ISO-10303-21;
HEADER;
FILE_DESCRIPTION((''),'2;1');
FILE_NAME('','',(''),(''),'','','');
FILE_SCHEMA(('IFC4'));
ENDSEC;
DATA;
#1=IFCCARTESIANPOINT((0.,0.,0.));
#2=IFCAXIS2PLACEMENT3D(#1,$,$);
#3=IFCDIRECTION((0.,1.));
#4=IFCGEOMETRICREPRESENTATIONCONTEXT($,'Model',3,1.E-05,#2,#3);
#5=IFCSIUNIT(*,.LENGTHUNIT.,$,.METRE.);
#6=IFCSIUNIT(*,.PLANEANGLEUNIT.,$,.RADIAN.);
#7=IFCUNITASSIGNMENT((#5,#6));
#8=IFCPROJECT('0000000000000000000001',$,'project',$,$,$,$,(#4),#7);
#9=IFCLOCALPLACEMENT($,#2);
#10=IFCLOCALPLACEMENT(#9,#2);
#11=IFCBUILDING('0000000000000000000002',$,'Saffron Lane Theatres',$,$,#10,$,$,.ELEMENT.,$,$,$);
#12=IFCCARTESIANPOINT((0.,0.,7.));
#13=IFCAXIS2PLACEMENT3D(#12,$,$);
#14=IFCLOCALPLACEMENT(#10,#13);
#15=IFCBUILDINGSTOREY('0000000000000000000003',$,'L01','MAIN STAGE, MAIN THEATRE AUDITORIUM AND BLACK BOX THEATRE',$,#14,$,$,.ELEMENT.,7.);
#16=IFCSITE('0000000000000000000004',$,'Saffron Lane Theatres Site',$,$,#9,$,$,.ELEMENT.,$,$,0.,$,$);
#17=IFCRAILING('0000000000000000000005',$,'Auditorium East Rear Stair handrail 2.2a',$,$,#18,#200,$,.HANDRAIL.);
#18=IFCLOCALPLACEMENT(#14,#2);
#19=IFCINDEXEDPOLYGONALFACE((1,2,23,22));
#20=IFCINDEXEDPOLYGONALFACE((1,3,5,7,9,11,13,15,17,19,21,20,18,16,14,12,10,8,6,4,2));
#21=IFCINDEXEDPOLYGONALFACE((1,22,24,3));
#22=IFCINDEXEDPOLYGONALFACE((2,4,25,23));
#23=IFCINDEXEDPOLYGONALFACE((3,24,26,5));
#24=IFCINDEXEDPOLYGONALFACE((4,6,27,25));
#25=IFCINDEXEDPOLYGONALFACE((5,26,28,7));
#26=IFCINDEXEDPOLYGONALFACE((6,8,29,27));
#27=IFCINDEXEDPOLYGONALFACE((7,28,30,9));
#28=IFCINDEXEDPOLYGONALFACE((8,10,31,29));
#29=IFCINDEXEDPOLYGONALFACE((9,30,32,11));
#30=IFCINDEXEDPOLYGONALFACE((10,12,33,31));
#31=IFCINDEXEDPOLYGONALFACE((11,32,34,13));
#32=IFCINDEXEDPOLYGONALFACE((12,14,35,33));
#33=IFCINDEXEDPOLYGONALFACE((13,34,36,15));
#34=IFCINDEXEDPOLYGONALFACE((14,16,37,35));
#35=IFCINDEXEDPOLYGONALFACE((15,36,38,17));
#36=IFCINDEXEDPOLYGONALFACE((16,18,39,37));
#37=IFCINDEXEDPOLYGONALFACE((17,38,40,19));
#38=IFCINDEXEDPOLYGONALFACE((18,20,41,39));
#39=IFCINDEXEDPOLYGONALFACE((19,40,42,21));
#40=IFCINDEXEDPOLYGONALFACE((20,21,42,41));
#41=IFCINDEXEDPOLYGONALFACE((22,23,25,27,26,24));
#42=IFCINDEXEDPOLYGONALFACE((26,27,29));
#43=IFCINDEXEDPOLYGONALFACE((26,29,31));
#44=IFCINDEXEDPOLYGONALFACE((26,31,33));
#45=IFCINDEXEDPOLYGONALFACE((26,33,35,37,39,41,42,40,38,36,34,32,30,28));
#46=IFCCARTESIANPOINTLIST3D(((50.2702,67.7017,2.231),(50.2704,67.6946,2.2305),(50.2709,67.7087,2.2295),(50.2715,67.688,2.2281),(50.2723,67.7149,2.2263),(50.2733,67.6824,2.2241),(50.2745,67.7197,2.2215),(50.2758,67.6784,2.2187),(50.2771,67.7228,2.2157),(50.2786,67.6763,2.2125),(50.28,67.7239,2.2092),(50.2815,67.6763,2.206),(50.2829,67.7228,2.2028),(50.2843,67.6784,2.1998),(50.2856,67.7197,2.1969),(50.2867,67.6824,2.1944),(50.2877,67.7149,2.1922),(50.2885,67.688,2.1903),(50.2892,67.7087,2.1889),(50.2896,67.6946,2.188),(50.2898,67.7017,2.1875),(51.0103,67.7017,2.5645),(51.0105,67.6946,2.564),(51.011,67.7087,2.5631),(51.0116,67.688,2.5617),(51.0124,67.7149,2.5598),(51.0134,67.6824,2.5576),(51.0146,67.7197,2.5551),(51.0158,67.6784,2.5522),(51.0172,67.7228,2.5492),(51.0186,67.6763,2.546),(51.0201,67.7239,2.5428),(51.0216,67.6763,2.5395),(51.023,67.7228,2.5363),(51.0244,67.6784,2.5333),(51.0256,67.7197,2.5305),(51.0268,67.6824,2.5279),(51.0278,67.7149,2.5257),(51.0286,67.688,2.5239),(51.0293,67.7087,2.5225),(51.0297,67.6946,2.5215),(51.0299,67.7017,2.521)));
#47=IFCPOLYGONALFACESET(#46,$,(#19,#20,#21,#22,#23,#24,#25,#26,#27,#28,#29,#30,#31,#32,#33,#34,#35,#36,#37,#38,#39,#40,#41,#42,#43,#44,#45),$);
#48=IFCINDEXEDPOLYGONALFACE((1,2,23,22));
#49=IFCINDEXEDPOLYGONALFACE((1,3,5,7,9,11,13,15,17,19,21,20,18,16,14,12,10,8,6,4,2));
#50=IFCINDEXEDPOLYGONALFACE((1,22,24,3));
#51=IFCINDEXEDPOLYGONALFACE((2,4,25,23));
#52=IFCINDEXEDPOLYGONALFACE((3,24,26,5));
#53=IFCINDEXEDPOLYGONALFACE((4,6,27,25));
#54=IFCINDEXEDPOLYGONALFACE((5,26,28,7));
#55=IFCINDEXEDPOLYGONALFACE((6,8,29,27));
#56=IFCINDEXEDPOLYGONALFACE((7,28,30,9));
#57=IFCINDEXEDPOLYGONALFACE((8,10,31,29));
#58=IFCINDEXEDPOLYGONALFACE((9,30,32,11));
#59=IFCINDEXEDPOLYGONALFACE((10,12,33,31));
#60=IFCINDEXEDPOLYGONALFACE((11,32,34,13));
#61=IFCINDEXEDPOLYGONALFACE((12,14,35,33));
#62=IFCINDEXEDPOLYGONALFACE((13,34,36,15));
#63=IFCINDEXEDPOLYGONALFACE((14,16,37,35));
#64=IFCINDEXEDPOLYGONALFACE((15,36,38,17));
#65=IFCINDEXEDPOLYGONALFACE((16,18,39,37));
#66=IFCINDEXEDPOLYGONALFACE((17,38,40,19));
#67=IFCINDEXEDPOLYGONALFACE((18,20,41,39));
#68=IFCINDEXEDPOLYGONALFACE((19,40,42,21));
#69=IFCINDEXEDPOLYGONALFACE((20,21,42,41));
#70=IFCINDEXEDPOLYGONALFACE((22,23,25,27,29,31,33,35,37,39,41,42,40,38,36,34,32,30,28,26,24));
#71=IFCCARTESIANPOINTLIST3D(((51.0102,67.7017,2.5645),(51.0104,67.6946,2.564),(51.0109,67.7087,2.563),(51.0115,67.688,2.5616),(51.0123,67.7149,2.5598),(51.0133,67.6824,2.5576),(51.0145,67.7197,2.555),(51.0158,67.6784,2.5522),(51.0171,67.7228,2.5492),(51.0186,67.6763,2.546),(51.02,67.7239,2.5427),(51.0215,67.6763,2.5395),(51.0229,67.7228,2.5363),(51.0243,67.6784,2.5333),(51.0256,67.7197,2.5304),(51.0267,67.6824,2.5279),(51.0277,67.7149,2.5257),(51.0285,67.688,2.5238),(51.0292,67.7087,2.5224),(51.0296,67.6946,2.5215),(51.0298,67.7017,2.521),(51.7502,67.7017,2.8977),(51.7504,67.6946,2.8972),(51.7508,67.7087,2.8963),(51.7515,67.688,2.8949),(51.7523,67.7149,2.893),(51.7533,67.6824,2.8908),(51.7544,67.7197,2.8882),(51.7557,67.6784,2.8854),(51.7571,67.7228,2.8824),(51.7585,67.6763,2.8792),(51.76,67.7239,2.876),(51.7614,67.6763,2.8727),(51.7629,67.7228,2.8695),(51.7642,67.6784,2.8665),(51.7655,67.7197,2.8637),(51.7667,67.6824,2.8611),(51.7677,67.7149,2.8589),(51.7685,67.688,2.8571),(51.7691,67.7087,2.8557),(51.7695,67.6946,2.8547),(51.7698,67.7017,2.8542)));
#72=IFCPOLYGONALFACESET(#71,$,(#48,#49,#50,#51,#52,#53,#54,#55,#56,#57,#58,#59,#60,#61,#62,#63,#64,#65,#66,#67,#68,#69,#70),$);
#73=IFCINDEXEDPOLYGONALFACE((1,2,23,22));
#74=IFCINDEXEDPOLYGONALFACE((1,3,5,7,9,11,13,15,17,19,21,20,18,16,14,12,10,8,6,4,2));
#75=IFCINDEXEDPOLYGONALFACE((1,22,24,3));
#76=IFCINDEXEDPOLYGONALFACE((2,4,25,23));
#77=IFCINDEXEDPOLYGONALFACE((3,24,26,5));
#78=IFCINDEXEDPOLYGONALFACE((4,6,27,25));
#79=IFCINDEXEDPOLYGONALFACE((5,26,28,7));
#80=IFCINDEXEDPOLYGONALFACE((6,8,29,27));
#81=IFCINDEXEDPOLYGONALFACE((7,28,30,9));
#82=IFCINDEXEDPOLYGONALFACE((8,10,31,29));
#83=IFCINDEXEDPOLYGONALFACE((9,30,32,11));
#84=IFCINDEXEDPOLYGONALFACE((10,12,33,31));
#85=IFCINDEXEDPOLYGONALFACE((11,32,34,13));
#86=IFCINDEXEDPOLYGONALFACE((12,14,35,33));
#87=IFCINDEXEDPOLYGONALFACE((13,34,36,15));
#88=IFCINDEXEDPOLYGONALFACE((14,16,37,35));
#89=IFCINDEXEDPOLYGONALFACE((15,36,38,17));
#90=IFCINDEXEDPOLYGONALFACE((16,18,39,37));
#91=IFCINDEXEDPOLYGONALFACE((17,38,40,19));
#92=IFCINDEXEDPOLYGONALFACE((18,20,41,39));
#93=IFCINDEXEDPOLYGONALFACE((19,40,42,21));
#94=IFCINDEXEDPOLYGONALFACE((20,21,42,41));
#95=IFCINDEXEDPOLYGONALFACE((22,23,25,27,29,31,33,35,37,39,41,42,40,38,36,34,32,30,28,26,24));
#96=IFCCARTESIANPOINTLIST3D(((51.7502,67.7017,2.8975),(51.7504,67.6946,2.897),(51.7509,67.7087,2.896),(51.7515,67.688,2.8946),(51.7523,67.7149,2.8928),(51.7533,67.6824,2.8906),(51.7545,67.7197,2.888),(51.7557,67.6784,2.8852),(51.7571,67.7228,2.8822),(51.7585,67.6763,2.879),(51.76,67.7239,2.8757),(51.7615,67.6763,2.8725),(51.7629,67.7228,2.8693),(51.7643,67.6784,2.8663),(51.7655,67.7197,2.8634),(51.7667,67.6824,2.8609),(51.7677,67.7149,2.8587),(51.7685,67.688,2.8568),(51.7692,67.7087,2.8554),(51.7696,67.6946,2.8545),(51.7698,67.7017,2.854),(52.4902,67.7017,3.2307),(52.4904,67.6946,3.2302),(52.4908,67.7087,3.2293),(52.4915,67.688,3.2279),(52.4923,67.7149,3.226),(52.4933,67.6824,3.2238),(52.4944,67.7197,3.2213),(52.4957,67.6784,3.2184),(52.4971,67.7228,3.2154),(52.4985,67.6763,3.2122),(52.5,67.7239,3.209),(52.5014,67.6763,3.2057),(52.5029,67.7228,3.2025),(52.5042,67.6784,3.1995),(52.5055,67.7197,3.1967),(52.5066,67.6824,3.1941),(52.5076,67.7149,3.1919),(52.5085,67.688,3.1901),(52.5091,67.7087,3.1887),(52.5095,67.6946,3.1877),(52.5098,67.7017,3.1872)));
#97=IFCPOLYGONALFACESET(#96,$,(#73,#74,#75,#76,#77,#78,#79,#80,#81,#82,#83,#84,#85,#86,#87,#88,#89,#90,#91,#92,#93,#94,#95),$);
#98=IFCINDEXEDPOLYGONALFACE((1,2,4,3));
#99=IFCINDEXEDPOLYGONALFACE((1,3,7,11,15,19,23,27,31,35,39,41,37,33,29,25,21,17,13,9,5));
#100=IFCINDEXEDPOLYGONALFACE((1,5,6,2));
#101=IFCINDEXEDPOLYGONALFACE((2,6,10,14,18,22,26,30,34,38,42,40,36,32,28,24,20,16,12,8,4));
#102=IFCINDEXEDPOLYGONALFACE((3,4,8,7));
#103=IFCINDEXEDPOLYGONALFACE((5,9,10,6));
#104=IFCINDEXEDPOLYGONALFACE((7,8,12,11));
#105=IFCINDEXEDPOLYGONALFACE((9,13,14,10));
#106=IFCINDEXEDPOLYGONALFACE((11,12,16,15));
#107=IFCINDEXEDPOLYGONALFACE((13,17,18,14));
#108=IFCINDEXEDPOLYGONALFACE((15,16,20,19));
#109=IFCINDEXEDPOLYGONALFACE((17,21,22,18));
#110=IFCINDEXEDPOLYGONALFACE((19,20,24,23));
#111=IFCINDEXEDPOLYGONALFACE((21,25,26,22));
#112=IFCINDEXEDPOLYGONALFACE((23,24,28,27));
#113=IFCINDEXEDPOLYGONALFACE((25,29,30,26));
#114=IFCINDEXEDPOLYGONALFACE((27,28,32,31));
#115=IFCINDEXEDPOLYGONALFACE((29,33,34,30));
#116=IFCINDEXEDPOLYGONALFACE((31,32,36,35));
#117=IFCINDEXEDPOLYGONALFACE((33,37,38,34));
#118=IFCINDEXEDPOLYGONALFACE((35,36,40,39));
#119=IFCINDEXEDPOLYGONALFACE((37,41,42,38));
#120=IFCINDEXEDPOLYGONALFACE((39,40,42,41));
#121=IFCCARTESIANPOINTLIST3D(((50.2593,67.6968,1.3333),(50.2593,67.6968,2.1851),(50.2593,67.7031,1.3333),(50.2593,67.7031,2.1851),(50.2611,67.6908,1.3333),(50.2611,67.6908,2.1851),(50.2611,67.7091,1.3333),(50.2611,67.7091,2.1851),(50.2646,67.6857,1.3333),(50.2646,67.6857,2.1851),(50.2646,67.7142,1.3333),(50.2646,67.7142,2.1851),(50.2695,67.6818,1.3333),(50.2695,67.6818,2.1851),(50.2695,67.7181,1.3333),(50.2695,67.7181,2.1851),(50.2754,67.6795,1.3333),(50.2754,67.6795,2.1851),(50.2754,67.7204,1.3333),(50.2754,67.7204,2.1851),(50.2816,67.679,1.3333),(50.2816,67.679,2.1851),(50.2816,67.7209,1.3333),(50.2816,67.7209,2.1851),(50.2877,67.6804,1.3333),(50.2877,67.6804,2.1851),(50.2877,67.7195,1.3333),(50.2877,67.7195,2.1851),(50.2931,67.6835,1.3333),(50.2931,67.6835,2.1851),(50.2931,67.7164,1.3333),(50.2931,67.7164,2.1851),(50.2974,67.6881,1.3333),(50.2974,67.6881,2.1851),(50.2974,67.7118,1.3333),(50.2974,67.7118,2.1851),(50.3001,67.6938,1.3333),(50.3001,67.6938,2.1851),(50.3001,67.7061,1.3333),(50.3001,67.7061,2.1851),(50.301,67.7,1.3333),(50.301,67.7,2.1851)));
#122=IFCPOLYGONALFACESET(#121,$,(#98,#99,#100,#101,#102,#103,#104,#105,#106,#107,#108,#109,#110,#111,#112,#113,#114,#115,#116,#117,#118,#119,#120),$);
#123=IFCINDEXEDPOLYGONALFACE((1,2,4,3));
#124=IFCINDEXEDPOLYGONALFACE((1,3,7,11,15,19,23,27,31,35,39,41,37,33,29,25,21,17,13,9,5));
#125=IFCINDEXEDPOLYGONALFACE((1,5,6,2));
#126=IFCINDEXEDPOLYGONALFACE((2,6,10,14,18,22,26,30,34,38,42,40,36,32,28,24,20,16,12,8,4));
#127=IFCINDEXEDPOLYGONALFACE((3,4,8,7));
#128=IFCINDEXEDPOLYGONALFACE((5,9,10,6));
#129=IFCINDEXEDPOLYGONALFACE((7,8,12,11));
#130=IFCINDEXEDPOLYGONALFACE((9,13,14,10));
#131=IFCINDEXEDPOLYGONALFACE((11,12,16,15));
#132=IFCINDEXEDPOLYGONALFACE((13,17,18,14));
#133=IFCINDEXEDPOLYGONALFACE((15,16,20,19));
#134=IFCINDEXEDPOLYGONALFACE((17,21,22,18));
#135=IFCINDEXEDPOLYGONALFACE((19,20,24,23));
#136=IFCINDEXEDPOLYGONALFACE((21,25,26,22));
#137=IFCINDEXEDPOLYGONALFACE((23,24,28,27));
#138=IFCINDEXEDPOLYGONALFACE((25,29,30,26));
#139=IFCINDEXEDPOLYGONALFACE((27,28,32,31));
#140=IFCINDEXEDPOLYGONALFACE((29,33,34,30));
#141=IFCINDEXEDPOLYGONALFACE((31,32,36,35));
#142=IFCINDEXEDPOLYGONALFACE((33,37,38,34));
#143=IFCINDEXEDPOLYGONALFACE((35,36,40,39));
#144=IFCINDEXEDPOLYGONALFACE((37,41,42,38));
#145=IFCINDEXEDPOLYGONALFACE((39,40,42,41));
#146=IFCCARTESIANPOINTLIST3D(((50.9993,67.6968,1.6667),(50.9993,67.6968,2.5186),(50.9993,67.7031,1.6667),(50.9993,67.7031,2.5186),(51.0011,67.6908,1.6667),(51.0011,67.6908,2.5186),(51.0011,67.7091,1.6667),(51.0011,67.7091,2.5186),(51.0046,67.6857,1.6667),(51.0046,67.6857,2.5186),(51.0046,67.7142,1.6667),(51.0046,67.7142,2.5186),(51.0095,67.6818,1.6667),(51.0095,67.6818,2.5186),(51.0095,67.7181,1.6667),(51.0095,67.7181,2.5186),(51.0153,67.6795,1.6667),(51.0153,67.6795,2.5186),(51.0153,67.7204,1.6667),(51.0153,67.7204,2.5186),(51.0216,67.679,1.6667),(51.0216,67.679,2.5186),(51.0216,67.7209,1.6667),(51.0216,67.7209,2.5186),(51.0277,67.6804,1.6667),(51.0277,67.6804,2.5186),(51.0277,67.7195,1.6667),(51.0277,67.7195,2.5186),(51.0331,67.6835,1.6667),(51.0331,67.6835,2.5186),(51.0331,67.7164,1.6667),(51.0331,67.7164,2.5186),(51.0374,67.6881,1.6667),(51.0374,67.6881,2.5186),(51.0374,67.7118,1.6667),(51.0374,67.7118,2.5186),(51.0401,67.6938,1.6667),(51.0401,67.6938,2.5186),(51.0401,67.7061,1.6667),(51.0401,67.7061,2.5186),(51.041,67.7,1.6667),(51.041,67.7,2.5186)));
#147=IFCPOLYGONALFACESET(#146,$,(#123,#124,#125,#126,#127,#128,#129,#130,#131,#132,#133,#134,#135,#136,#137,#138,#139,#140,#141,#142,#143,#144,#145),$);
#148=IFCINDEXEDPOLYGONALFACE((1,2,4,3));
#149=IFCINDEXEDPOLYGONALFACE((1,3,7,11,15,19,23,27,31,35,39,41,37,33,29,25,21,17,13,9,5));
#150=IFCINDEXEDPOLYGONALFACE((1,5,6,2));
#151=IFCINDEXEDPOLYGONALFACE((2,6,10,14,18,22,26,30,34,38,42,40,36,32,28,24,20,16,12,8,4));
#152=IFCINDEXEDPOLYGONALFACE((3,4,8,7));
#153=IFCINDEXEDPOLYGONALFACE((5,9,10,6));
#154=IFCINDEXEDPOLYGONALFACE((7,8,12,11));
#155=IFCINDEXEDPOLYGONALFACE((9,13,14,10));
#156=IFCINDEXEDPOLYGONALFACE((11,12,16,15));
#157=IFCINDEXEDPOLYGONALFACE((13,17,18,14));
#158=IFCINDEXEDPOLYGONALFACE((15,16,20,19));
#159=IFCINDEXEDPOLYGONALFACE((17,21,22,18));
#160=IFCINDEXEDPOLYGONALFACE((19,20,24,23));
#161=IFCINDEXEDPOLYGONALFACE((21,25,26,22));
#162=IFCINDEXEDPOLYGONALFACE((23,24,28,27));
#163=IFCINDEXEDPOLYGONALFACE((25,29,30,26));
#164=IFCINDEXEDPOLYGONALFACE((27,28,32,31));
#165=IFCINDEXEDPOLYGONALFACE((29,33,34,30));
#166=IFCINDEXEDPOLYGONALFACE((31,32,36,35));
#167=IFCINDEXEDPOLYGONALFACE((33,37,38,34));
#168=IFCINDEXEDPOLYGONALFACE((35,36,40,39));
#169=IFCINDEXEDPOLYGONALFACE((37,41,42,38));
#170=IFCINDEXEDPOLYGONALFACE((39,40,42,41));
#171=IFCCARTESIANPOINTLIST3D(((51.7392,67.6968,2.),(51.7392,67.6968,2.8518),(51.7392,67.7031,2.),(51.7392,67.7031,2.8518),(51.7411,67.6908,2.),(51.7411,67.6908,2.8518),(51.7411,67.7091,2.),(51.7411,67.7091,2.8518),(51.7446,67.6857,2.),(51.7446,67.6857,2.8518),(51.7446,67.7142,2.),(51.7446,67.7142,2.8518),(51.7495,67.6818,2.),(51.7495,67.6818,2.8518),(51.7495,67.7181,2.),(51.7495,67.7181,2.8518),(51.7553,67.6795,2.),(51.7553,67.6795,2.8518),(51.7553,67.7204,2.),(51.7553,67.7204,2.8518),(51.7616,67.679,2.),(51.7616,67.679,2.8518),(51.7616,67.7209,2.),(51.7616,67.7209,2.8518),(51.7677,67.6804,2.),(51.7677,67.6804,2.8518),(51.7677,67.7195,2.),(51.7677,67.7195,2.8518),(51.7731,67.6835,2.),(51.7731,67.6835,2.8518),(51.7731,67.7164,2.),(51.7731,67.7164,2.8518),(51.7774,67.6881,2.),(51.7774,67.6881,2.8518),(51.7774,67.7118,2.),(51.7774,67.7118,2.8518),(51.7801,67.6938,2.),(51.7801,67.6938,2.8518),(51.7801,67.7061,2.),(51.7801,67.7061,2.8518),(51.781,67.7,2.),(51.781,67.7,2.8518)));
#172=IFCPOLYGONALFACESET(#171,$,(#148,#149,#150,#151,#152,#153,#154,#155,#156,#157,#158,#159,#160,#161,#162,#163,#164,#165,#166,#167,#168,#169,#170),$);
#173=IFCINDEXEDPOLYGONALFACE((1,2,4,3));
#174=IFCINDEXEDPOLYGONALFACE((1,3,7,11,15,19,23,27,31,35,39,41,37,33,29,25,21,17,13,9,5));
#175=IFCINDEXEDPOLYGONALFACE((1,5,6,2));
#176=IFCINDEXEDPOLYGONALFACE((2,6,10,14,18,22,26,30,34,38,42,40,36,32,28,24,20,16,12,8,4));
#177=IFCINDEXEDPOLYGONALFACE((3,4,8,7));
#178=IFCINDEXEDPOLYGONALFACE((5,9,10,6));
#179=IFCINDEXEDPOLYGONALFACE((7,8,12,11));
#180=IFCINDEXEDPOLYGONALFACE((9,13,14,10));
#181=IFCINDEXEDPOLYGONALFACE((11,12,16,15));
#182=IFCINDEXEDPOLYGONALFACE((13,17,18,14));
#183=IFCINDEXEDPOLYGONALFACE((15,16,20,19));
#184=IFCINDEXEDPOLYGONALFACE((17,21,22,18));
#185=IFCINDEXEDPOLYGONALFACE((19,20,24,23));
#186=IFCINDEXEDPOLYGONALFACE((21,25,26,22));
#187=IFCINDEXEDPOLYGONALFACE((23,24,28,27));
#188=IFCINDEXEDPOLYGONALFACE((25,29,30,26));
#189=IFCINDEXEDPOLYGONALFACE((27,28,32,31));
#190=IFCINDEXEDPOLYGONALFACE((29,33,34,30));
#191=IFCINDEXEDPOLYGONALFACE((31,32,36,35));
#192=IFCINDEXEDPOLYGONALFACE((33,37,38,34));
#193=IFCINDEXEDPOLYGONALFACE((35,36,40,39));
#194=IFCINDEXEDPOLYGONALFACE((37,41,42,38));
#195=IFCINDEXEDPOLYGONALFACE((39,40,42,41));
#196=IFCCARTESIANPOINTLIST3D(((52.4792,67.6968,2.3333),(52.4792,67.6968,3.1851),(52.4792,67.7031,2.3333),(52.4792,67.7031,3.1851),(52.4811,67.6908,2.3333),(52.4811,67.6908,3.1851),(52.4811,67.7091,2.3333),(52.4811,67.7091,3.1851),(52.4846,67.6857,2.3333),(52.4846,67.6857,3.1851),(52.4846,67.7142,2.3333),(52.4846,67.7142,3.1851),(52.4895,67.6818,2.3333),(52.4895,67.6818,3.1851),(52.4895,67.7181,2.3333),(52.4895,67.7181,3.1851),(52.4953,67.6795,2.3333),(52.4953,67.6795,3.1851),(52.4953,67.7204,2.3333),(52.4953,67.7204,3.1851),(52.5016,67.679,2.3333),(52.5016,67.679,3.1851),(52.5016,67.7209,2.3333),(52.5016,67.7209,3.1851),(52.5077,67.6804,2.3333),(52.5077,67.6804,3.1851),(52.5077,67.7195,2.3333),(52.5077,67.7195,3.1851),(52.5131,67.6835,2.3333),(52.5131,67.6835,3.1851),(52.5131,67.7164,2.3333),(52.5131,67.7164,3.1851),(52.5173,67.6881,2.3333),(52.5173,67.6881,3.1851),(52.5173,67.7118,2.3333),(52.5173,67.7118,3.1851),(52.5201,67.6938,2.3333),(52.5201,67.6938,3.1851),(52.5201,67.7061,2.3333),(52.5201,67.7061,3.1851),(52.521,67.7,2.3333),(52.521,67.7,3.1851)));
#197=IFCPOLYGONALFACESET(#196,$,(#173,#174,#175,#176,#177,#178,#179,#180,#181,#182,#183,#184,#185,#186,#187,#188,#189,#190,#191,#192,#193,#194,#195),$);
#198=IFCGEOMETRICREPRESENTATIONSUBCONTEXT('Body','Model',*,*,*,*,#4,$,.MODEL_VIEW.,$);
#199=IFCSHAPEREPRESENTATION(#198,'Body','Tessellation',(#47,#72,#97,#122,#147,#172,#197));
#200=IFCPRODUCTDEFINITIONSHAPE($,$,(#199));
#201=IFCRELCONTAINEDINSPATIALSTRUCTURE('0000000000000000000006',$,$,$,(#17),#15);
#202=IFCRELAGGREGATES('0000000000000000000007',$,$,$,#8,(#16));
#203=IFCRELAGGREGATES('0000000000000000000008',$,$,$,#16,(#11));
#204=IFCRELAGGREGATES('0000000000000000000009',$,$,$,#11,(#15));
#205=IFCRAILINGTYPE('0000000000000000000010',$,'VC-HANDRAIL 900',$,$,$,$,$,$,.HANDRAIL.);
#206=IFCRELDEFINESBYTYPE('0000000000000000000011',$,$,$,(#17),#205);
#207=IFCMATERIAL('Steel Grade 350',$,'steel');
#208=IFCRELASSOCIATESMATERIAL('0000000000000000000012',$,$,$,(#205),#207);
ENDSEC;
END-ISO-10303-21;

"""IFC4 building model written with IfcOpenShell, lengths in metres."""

from ifc_helpers import new_model, si_unit, direction, frame, origin, origin_2d, place, context, subcontext, project, spatial, circle, extrude, material, type_object, element, save


model = new_model("IFC4")

# Units and contexts
model_context = context("Model", 3, precision=1e-05, world=origin(), true_north=direction((0.0, 1.0)))
body_context = subcontext(model_context, "Body", "Model", "MODEL_VIEW")
ifc_project = project(units=[si_unit("LENGTHUNIT", "METRE"), si_unit("PLANEANGLEUNIT", "RADIAN")], contexts=[model_context])

# Site, building, storey
site_placement = place(None, origin())
site = spatial("IfcSite", under=ifc_project, at=site_placement, Name="Saffron Lane Theatres Site", CompositionType="ELEMENT", RefElevation=0.0)
building_placement = place(site_placement, origin())
building = spatial("IfcBuilding", under=site, at=building_placement, Name="Saffron Lane Theatres", CompositionType="ELEMENT")
storey_placement = place(building_placement, frame((0.0, 0.0, 7.0)))
storey = spatial("IfcBuildingStorey", under=building, at=storey_placement, Name="L01", Description="MAIN STAGE, MAIN THEATRE AUDITORIUM AND BLACK BOX THEATRE", CompositionType="ELEMENT", Elevation=7.0)

# Railing
ifc_material_1 = material(Name="Steel Grade 350", Category="steel")
railing_type_1 = type_object("IfcRailingType", Name="VC-HANDRAIL 900", PredefinedType="HANDRAIL", material=ifc_material_1)
for number, where, name in (
    (1, (50.28, 67.7, 1.3333), "Auditorium East Rear Stair handrail 2.2a"),
):
    element("IfcRailing", number, at=place(storey_placement, frame(where)), inside=storey, type_object=railing_type_1, Name=name, PredefinedType="HANDRAIL", context=body_context, shape_type="SweptSolid", body=[
        extrude(circle(Radius=0.0239, at=origin_2d()), frame((0.0, 0.0, 0.876), z_axis=(0.911691, 0.0, 0.410877), x_axis=(0.0, 1.0, 0.0)), (0.0, 0.0, 1.0), 0.8118),
        extrude(circle(Radius=0.0239, at=origin_2d()), frame((0.74, 0.0, 1.2095), z_axis=(0.911803, 0.0, 0.410627), x_axis=(0.0, 1.0, 0.0)), (0.0, 0.0, 1.0), 0.8115),
        extrude(circle(Radius=0.0239, at=origin_2d()), frame((1.48, 0.0, 1.5425), z_axis=(0.911803, 0.0, 0.410627), x_axis=(0.0, 1.0, 0.0)), (0.0, 0.0, 1.0), 0.8115),
        extrude(circle(Radius=0.021, at=origin_2d()), origin(), (0.0, 0.0, 1.0), 0.8518),
        extrude(circle(Radius=0.021, at=origin_2d()), frame((0.74, 0.0, 0.3335)), (0.0, 0.0, 1.0), 0.8518),
        extrude(circle(Radius=0.021, at=origin_2d()), frame((1.48, 0.0, 0.6667)), (0.0, 0.0, 1.0), 0.8518),
        extrude(circle(Radius=0.021, at=origin_2d()), frame((2.22, 0.0, 1.0)), (0.0, 0.0, 1.0), 0.8518),
    ])

save(model, "model.ifc")
